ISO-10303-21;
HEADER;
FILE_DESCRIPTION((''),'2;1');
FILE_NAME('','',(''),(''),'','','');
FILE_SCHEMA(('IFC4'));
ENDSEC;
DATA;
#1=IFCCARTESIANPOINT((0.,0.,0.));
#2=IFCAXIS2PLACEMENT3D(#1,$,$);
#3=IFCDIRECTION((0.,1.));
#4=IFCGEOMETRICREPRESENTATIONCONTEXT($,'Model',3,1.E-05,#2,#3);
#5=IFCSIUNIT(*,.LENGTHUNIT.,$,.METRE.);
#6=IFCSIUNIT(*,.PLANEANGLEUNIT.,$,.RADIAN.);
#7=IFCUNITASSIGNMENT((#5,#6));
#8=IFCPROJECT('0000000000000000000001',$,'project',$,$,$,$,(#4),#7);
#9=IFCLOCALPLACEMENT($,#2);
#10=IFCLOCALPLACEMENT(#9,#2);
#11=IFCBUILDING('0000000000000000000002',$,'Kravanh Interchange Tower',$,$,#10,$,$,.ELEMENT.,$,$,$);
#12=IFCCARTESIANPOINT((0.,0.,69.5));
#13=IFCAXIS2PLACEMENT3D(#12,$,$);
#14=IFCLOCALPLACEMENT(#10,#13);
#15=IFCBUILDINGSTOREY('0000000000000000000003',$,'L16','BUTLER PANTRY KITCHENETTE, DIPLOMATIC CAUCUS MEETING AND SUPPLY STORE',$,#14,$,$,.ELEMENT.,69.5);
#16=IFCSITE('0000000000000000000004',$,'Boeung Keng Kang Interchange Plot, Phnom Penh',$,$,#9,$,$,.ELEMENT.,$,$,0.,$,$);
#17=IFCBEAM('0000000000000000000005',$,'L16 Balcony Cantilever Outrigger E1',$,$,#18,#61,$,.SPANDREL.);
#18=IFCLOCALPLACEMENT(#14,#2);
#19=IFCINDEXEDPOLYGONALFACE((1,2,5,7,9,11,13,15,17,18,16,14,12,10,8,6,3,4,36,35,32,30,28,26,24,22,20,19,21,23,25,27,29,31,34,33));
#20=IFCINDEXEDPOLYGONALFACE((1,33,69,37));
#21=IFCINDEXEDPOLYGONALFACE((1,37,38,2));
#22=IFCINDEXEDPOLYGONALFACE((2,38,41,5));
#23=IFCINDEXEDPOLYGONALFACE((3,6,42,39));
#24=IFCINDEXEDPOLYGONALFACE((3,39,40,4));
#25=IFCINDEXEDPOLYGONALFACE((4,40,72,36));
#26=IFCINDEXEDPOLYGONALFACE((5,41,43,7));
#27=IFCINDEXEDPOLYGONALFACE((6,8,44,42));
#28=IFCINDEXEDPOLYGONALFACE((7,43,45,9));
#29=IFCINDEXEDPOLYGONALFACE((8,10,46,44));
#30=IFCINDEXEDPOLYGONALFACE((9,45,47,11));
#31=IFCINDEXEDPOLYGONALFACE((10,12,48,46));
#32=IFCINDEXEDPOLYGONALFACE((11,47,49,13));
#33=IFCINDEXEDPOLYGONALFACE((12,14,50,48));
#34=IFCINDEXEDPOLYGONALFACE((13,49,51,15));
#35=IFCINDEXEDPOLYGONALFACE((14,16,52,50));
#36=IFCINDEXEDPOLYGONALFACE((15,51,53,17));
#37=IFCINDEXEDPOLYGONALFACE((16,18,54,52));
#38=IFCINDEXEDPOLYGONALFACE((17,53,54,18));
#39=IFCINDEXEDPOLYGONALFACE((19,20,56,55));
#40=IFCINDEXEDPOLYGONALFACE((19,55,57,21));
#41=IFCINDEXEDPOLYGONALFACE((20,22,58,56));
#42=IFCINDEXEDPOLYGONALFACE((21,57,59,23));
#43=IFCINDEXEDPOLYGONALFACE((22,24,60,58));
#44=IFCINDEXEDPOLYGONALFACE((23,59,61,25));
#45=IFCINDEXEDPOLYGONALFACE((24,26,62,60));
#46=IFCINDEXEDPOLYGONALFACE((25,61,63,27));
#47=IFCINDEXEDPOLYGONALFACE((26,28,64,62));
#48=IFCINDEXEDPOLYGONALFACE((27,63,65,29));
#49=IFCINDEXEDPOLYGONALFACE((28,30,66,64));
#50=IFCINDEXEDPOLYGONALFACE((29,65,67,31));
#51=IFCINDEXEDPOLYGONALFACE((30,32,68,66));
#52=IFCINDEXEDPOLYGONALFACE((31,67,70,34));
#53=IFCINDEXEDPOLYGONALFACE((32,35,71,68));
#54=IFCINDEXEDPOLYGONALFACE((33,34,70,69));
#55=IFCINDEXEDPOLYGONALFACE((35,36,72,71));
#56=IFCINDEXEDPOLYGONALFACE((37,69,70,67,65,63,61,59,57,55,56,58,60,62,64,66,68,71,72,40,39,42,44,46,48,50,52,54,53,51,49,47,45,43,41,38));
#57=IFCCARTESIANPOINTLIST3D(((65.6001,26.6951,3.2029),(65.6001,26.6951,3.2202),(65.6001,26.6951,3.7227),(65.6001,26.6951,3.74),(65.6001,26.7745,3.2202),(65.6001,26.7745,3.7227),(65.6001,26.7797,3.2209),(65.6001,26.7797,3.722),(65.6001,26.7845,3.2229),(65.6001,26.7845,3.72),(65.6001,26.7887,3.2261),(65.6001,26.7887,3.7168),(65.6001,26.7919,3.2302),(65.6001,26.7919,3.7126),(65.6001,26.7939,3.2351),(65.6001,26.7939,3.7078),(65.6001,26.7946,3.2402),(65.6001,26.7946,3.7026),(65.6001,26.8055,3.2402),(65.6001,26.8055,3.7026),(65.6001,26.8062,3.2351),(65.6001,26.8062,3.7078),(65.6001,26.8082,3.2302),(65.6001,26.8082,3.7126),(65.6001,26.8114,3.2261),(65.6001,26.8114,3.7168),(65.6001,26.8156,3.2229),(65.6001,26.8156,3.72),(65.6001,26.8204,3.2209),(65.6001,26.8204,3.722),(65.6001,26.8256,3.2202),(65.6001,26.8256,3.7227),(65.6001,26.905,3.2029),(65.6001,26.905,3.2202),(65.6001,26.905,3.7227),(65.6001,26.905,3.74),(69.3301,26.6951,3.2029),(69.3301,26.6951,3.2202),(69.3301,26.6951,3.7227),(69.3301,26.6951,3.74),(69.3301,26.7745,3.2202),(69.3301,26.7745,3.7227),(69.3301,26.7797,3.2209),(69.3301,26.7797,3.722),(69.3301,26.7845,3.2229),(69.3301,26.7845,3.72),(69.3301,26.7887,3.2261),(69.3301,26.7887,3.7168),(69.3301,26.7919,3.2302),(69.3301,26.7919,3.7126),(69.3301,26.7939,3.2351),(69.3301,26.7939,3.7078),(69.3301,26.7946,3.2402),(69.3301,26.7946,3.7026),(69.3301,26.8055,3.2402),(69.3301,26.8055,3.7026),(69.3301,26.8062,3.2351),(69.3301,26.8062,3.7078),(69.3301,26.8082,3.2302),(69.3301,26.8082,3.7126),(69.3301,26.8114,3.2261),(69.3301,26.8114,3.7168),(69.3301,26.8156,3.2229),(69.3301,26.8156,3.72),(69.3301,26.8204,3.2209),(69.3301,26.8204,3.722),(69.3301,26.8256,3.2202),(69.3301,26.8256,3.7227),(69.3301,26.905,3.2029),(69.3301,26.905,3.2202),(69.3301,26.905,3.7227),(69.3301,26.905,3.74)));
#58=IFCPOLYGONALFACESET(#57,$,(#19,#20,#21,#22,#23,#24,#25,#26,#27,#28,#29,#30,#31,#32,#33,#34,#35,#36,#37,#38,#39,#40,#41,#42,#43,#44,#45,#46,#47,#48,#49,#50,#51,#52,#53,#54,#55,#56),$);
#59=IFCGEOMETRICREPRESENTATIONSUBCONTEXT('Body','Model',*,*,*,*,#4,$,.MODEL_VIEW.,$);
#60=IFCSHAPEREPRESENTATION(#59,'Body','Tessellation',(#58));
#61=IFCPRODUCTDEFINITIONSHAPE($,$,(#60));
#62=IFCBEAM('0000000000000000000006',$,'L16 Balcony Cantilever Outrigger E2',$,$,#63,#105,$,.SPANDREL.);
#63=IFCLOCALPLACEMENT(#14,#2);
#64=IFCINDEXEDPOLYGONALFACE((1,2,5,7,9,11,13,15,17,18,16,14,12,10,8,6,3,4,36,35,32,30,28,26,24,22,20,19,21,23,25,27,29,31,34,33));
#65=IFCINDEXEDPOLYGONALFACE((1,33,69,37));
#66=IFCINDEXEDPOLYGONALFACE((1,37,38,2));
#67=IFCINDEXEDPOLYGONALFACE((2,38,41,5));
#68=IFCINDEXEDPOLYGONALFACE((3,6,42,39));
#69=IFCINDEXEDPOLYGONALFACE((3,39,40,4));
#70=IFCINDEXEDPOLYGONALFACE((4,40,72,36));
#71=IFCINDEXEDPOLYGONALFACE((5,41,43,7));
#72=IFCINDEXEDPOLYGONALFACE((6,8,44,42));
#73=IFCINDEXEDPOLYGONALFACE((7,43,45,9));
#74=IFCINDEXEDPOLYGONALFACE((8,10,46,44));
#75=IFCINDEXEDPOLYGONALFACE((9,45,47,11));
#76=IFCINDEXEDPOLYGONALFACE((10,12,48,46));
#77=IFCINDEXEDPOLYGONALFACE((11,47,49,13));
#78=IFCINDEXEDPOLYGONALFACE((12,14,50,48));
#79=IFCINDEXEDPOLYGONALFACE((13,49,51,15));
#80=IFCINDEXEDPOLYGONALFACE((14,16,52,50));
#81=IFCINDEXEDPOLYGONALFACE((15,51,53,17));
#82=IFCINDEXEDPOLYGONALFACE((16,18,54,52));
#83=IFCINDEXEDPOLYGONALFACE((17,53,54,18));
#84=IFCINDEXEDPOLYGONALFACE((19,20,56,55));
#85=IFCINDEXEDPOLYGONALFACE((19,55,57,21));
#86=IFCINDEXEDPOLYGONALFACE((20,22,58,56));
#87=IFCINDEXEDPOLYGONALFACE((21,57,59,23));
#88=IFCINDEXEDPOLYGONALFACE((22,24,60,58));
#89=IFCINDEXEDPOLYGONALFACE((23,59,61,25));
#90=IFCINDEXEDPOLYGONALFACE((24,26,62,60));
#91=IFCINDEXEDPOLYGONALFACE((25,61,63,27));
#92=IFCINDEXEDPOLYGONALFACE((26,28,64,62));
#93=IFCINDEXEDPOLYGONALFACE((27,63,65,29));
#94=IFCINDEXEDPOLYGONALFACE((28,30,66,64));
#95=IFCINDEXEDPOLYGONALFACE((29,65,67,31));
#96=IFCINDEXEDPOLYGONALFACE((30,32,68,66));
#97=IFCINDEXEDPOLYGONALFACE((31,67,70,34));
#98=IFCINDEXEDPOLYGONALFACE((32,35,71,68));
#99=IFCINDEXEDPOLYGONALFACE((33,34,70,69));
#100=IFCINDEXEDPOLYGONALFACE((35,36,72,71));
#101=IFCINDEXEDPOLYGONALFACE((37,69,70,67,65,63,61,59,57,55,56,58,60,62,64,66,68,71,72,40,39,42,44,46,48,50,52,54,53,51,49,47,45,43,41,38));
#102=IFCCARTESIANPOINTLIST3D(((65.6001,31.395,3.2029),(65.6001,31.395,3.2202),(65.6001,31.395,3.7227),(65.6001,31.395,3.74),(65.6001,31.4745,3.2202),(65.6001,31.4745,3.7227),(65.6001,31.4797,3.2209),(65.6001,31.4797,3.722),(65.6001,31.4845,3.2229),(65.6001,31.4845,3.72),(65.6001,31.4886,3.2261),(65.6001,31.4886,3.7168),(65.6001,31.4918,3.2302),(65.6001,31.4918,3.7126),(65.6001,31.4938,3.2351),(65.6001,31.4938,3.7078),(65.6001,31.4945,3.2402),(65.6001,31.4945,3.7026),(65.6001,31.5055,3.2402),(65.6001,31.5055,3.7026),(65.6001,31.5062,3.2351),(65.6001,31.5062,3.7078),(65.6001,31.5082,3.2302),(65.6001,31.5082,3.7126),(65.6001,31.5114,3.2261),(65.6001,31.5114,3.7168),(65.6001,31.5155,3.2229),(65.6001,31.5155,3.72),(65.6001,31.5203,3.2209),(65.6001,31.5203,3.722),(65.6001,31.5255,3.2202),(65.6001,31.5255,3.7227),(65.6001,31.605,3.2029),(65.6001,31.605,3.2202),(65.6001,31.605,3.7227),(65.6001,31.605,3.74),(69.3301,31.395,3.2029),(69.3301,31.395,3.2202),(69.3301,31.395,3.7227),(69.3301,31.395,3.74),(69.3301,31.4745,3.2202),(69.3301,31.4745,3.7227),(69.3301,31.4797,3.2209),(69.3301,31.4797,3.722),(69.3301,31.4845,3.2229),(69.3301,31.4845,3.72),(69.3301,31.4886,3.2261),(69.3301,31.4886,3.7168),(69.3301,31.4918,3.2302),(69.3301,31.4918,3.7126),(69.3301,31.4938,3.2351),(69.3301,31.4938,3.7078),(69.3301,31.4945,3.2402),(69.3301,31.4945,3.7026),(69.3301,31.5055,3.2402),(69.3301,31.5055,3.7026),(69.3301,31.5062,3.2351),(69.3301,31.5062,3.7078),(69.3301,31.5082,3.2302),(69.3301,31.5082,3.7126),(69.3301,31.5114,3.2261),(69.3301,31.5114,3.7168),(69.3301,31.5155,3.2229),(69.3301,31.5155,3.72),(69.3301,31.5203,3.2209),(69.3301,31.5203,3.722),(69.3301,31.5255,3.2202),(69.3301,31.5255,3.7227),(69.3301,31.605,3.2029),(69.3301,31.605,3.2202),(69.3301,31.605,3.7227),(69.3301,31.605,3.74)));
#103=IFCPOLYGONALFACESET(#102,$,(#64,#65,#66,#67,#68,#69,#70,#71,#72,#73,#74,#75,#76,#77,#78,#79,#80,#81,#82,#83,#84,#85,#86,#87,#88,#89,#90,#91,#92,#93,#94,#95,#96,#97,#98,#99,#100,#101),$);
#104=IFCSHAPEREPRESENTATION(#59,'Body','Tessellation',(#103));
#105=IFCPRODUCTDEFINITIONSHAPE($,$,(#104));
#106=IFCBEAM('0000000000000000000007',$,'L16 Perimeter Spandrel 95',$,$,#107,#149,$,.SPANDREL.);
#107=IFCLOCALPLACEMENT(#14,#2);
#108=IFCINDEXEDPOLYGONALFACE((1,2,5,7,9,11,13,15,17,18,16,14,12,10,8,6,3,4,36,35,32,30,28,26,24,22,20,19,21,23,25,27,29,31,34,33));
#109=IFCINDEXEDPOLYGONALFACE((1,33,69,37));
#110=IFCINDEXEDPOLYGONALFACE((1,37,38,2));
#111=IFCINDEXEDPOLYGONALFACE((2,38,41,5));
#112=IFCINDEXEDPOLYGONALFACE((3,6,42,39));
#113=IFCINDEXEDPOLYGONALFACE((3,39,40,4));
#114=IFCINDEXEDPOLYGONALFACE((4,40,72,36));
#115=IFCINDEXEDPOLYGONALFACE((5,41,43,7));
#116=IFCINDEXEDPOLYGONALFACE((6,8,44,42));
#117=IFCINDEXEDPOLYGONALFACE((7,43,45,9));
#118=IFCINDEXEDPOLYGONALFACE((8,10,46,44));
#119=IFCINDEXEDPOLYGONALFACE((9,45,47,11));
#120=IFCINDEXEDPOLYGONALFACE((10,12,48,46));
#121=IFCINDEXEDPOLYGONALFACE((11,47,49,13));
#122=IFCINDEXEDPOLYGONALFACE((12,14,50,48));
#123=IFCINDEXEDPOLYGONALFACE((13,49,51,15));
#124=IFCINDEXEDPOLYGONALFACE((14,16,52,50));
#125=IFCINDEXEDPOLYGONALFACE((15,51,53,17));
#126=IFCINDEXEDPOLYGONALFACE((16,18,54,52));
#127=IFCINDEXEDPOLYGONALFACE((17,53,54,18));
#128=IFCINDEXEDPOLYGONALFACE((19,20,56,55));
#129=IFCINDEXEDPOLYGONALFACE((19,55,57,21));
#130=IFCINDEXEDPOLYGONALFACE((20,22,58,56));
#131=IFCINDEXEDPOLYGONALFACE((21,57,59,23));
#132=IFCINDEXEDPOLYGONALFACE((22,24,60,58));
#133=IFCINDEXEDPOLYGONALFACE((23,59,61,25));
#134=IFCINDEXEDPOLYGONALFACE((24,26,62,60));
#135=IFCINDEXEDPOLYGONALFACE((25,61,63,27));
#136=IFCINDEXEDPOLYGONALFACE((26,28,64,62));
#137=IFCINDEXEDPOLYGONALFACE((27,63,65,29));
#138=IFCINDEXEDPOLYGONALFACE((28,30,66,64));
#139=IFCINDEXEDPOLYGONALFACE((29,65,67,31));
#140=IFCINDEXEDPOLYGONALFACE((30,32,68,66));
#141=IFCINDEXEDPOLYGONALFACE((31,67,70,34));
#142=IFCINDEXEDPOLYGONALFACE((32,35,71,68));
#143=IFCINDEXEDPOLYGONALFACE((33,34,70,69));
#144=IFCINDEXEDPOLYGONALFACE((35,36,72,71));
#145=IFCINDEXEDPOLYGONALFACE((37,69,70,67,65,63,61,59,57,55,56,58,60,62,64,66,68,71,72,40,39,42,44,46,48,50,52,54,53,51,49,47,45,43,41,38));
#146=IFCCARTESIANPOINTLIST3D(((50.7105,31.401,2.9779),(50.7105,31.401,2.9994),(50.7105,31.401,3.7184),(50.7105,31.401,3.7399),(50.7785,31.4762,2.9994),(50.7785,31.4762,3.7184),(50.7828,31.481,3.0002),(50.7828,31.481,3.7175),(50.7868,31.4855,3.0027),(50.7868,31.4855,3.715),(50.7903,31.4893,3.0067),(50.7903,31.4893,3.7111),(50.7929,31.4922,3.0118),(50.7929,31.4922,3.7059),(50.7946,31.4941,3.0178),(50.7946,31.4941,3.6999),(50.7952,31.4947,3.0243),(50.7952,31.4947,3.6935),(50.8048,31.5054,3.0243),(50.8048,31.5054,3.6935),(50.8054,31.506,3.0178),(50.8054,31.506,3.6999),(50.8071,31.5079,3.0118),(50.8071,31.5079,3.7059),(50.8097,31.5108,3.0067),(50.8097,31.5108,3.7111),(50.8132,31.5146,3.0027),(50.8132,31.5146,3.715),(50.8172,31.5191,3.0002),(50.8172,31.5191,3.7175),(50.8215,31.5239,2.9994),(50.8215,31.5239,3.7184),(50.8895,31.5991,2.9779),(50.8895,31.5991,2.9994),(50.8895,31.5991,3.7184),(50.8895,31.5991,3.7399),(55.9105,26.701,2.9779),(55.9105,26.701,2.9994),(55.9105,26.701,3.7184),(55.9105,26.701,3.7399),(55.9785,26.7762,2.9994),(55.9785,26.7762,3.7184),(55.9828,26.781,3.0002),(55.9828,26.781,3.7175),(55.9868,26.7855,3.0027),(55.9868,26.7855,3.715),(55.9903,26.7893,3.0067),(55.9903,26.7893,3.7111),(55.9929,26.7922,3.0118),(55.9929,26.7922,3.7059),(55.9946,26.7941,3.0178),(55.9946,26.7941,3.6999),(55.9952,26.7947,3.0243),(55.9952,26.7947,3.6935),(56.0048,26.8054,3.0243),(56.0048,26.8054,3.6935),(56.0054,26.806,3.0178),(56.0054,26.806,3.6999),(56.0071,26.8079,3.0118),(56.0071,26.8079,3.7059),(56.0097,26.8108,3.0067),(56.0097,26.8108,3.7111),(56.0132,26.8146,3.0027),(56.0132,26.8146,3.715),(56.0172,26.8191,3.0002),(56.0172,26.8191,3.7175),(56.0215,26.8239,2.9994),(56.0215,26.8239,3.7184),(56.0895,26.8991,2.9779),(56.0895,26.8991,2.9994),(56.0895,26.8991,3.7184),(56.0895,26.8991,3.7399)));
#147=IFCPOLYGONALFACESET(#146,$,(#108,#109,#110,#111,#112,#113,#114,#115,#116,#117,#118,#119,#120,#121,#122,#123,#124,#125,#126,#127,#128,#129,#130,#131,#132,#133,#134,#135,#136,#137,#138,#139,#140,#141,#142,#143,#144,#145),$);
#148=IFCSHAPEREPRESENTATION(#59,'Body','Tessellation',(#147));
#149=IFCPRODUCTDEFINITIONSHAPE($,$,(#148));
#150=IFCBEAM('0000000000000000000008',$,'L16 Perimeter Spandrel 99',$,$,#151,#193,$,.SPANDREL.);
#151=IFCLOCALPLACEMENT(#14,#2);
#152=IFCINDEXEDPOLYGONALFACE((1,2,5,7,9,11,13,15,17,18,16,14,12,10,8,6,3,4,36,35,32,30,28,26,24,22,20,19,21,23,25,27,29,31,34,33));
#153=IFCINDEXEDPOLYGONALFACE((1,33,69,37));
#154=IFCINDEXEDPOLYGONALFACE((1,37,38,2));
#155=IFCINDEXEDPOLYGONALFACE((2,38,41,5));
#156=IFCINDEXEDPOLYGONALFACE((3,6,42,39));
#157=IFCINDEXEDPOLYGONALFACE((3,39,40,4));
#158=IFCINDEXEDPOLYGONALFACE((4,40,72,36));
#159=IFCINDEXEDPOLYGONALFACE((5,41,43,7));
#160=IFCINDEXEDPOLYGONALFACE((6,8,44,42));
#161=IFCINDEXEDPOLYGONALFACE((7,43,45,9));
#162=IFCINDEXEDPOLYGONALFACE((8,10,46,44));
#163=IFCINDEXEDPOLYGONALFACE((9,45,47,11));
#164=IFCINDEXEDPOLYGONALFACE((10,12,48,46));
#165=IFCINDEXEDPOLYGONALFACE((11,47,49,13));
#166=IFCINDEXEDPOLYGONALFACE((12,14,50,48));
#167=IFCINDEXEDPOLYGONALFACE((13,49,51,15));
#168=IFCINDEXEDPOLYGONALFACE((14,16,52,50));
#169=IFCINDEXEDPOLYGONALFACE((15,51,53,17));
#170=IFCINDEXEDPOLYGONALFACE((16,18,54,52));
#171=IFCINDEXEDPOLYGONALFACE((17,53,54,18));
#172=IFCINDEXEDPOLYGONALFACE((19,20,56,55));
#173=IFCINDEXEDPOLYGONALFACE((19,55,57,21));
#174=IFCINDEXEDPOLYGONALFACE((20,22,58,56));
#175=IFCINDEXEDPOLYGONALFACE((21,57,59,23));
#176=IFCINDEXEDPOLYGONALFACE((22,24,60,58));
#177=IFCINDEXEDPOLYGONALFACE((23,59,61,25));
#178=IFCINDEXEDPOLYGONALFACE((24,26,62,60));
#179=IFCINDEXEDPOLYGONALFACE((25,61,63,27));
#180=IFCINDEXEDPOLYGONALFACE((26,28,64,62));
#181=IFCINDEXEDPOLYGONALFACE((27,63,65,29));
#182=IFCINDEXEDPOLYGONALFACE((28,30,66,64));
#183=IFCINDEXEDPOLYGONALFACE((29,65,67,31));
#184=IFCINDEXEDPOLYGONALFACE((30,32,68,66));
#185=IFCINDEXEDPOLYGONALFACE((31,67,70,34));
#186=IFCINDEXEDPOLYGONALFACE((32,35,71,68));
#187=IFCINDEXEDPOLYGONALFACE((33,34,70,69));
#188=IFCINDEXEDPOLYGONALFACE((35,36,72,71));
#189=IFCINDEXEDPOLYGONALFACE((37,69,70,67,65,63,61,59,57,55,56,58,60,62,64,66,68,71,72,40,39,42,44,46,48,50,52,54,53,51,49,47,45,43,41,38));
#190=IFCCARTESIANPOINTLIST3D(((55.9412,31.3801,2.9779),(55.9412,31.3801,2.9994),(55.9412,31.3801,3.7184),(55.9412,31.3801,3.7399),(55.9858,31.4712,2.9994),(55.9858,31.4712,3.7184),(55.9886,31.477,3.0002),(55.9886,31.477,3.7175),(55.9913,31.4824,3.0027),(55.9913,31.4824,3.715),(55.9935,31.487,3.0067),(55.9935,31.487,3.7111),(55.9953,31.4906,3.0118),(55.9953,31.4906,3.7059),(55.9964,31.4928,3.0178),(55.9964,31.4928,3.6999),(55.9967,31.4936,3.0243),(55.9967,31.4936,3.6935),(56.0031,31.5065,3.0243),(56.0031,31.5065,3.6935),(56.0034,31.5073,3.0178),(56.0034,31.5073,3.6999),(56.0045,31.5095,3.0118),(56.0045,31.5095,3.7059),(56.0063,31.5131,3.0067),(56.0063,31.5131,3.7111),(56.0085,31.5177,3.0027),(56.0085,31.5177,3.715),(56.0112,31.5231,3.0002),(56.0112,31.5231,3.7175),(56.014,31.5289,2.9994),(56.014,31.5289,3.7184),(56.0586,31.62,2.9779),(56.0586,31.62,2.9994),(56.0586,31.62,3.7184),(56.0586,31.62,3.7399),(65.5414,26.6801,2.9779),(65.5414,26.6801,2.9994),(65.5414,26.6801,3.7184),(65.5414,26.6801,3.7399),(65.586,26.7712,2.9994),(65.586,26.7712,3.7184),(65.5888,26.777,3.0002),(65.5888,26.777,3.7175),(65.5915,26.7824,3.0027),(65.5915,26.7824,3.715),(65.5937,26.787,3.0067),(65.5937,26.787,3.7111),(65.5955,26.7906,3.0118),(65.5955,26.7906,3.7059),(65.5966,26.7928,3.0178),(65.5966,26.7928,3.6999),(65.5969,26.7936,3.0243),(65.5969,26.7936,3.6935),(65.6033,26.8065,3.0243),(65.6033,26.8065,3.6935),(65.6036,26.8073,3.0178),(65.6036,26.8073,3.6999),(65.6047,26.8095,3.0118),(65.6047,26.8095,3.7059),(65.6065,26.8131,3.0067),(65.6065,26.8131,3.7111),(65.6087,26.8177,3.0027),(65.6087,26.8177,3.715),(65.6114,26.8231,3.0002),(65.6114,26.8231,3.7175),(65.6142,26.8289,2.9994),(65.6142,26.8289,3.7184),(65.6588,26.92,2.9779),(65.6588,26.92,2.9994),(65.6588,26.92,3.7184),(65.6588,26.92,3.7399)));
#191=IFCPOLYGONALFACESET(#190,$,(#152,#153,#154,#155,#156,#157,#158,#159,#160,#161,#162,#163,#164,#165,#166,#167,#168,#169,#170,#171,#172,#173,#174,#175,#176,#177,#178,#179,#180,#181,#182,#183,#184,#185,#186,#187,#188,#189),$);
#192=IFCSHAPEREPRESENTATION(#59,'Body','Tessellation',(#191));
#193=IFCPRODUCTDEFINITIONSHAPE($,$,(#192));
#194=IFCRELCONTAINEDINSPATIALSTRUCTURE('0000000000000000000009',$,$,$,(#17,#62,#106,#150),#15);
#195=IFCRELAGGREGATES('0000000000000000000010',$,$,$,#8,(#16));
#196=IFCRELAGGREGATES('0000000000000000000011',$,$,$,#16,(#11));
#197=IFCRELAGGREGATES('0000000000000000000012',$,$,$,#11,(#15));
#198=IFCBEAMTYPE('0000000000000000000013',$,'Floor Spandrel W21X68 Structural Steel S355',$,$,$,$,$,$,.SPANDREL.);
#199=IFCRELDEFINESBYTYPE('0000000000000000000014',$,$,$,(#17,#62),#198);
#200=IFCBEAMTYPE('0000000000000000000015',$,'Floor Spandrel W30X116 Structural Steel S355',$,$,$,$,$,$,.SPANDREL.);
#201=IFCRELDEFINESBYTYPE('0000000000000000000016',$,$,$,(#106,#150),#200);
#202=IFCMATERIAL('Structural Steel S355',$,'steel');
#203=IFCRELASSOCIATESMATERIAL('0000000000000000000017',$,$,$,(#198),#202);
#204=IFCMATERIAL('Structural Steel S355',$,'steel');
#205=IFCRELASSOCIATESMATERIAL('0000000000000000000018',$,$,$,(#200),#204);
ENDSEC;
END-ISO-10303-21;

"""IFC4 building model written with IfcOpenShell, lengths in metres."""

from ifc_helpers import new_model, si_unit, direction, frame, origin, origin_2d, place, context, subcontext, project, spatial, i_section, extrude, material, material_profile, profile_set, type_object, element, save


model = new_model("IFC4")

# Units and contexts
model_context = context("Model", 3, precision=1e-05, world=origin(), true_north=direction((0.0, 1.0)))
body_context = subcontext(model_context, "Body", "Model", "MODEL_VIEW")
ifc_project = project(units=[si_unit("LENGTHUNIT", "METRE"), si_unit("PLANEANGLEUNIT", "RADIAN")], contexts=[model_context])

# Site, building, storey
site_placement = place(None, origin())
site = spatial("IfcSite", under=ifc_project, at=site_placement, Name="Boeung Keng Kang Interchange Plot, Phnom Penh", CompositionType="ELEMENT", RefElevation=0.0)
building_placement = place(site_placement, origin())
building = spatial("IfcBuilding", under=site, at=building_placement, Name="Kravanh Interchange Tower", CompositionType="ELEMENT")
storey_placement = place(building_placement, frame((0.0, 0.0, 69.5)))
storey = spatial("IfcBuildingStorey", under=building, at=storey_placement, Name="L16", Description="BUTLER PANTRY KITCHENETTE, DIPLOMATIC CAUCUS MEETING AND SUPPLY STORE", CompositionType="ELEMENT", Elevation=69.5)

# Beams
ifc_material_1 = material(Name="Structural Steel S355", Category="steel")
ifc_material_profile_1 = material_profile(ifc_material_1, i_section(OverallWidth=0.21, OverallDepth=0.5371, WebThickness=0.011, FlangeThickness=0.0173, FilletRadius=0.02, at=origin_2d()), Name="W21X68")
ifc_profile_set_1 = profile_set([ifc_material_profile_1], Name="Structural Steel S355")
beam_type_1 = type_object("IfcBeamType", Name="Floor Spandrel W21X68 Structural Steel S355", PredefinedType="SPANDREL", material=ifc_profile_set_1)
for number, where, z_axis, x_axis, name in (
    (1, (65.6001, 26.8, 3.4714), (1.0, 0.0, 0.0), (0.0, 1.0, 0.0), "L16 Balcony Cantilever Outrigger E1"),
    (2, (65.6001, 31.5, 3.4714), (1.0, 0.0, 0.0), (0.0, 1.0, 0.0), "L16 Balcony Cantilever Outrigger E2"),
):
    element("IfcBeam", number, at=place(storey_placement, frame(where, z_axis=z_axis, x_axis=x_axis)), inside=storey, type_object=beam_type_1, Name=name, PredefinedType="SPANDREL", context=body_context, shape_type="SweptSolid", body=[
        extrude(i_section(OverallWidth=0.21, OverallDepth=0.5371, WebThickness=0.011, FlangeThickness=0.0173, FilletRadius=0.02, at=origin_2d()), origin(), (0.0, 0.0, 1.0), 3.73),
    ])
ifc_material_2 = material(Name="Structural Steel S355", Category="steel")
ifc_material_profile_2 = material_profile(ifc_material_2, i_section(OverallWidth=0.2671, OverallDepth=0.762, WebThickness=0.0144, FlangeThickness=0.0215, FilletRadius=0.0249, at=origin_2d()), Name="W30X116")
ifc_profile_set_2 = profile_set([ifc_material_profile_2], Name="Structural Steel S355")
beam_type_2 = type_object("IfcBeamType", Name="Floor Spandrel W30X116 Structural Steel S355", PredefinedType="SPANDREL", material=ifc_profile_set_2)
beam_1_placement = place(storey_placement, frame((56.0, 26.8, 3.3589), z_axis=(-0.741874, 0.670539, 0.0), x_axis=(-0.670539, -0.741874, 0.0)))
element("IfcBeam", 3, at=beam_1_placement, inside=storey, type_object=beam_type_2, Name="L16 Perimeter Spandrel 95", PredefinedType="SPANDREL", context=body_context, shape_type="SweptSolid", body=[
    extrude(i_section(OverallWidth=0.2671, OverallDepth=0.762, WebThickness=0.0144, FlangeThickness=0.0215, FilletRadius=0.0249, at=origin_2d()), origin(), (0.0, 0.0, 1.0), 7.0093),
])
beam_2_placement = place(storey_placement, frame((65.6001, 26.8, 3.3589), z_axis=(-0.898142, 0.439706, 0.0), x_axis=(-0.439706, -0.898142, 0.0)))
element("IfcBeam", 4, at=beam_2_placement, inside=storey, type_object=beam_type_2, Name="L16 Perimeter Spandrel 99", PredefinedType="SPANDREL", context=body_context, shape_type="SweptSolid", body=[
    extrude(i_section(OverallWidth=0.2671, OverallDepth=0.762, WebThickness=0.0144, FlangeThickness=0.0215, FilletRadius=0.0249, at=origin_2d()), origin(), (0.0, 0.0, 1.0), 10.689),
])

save(model, "model.ifc")
